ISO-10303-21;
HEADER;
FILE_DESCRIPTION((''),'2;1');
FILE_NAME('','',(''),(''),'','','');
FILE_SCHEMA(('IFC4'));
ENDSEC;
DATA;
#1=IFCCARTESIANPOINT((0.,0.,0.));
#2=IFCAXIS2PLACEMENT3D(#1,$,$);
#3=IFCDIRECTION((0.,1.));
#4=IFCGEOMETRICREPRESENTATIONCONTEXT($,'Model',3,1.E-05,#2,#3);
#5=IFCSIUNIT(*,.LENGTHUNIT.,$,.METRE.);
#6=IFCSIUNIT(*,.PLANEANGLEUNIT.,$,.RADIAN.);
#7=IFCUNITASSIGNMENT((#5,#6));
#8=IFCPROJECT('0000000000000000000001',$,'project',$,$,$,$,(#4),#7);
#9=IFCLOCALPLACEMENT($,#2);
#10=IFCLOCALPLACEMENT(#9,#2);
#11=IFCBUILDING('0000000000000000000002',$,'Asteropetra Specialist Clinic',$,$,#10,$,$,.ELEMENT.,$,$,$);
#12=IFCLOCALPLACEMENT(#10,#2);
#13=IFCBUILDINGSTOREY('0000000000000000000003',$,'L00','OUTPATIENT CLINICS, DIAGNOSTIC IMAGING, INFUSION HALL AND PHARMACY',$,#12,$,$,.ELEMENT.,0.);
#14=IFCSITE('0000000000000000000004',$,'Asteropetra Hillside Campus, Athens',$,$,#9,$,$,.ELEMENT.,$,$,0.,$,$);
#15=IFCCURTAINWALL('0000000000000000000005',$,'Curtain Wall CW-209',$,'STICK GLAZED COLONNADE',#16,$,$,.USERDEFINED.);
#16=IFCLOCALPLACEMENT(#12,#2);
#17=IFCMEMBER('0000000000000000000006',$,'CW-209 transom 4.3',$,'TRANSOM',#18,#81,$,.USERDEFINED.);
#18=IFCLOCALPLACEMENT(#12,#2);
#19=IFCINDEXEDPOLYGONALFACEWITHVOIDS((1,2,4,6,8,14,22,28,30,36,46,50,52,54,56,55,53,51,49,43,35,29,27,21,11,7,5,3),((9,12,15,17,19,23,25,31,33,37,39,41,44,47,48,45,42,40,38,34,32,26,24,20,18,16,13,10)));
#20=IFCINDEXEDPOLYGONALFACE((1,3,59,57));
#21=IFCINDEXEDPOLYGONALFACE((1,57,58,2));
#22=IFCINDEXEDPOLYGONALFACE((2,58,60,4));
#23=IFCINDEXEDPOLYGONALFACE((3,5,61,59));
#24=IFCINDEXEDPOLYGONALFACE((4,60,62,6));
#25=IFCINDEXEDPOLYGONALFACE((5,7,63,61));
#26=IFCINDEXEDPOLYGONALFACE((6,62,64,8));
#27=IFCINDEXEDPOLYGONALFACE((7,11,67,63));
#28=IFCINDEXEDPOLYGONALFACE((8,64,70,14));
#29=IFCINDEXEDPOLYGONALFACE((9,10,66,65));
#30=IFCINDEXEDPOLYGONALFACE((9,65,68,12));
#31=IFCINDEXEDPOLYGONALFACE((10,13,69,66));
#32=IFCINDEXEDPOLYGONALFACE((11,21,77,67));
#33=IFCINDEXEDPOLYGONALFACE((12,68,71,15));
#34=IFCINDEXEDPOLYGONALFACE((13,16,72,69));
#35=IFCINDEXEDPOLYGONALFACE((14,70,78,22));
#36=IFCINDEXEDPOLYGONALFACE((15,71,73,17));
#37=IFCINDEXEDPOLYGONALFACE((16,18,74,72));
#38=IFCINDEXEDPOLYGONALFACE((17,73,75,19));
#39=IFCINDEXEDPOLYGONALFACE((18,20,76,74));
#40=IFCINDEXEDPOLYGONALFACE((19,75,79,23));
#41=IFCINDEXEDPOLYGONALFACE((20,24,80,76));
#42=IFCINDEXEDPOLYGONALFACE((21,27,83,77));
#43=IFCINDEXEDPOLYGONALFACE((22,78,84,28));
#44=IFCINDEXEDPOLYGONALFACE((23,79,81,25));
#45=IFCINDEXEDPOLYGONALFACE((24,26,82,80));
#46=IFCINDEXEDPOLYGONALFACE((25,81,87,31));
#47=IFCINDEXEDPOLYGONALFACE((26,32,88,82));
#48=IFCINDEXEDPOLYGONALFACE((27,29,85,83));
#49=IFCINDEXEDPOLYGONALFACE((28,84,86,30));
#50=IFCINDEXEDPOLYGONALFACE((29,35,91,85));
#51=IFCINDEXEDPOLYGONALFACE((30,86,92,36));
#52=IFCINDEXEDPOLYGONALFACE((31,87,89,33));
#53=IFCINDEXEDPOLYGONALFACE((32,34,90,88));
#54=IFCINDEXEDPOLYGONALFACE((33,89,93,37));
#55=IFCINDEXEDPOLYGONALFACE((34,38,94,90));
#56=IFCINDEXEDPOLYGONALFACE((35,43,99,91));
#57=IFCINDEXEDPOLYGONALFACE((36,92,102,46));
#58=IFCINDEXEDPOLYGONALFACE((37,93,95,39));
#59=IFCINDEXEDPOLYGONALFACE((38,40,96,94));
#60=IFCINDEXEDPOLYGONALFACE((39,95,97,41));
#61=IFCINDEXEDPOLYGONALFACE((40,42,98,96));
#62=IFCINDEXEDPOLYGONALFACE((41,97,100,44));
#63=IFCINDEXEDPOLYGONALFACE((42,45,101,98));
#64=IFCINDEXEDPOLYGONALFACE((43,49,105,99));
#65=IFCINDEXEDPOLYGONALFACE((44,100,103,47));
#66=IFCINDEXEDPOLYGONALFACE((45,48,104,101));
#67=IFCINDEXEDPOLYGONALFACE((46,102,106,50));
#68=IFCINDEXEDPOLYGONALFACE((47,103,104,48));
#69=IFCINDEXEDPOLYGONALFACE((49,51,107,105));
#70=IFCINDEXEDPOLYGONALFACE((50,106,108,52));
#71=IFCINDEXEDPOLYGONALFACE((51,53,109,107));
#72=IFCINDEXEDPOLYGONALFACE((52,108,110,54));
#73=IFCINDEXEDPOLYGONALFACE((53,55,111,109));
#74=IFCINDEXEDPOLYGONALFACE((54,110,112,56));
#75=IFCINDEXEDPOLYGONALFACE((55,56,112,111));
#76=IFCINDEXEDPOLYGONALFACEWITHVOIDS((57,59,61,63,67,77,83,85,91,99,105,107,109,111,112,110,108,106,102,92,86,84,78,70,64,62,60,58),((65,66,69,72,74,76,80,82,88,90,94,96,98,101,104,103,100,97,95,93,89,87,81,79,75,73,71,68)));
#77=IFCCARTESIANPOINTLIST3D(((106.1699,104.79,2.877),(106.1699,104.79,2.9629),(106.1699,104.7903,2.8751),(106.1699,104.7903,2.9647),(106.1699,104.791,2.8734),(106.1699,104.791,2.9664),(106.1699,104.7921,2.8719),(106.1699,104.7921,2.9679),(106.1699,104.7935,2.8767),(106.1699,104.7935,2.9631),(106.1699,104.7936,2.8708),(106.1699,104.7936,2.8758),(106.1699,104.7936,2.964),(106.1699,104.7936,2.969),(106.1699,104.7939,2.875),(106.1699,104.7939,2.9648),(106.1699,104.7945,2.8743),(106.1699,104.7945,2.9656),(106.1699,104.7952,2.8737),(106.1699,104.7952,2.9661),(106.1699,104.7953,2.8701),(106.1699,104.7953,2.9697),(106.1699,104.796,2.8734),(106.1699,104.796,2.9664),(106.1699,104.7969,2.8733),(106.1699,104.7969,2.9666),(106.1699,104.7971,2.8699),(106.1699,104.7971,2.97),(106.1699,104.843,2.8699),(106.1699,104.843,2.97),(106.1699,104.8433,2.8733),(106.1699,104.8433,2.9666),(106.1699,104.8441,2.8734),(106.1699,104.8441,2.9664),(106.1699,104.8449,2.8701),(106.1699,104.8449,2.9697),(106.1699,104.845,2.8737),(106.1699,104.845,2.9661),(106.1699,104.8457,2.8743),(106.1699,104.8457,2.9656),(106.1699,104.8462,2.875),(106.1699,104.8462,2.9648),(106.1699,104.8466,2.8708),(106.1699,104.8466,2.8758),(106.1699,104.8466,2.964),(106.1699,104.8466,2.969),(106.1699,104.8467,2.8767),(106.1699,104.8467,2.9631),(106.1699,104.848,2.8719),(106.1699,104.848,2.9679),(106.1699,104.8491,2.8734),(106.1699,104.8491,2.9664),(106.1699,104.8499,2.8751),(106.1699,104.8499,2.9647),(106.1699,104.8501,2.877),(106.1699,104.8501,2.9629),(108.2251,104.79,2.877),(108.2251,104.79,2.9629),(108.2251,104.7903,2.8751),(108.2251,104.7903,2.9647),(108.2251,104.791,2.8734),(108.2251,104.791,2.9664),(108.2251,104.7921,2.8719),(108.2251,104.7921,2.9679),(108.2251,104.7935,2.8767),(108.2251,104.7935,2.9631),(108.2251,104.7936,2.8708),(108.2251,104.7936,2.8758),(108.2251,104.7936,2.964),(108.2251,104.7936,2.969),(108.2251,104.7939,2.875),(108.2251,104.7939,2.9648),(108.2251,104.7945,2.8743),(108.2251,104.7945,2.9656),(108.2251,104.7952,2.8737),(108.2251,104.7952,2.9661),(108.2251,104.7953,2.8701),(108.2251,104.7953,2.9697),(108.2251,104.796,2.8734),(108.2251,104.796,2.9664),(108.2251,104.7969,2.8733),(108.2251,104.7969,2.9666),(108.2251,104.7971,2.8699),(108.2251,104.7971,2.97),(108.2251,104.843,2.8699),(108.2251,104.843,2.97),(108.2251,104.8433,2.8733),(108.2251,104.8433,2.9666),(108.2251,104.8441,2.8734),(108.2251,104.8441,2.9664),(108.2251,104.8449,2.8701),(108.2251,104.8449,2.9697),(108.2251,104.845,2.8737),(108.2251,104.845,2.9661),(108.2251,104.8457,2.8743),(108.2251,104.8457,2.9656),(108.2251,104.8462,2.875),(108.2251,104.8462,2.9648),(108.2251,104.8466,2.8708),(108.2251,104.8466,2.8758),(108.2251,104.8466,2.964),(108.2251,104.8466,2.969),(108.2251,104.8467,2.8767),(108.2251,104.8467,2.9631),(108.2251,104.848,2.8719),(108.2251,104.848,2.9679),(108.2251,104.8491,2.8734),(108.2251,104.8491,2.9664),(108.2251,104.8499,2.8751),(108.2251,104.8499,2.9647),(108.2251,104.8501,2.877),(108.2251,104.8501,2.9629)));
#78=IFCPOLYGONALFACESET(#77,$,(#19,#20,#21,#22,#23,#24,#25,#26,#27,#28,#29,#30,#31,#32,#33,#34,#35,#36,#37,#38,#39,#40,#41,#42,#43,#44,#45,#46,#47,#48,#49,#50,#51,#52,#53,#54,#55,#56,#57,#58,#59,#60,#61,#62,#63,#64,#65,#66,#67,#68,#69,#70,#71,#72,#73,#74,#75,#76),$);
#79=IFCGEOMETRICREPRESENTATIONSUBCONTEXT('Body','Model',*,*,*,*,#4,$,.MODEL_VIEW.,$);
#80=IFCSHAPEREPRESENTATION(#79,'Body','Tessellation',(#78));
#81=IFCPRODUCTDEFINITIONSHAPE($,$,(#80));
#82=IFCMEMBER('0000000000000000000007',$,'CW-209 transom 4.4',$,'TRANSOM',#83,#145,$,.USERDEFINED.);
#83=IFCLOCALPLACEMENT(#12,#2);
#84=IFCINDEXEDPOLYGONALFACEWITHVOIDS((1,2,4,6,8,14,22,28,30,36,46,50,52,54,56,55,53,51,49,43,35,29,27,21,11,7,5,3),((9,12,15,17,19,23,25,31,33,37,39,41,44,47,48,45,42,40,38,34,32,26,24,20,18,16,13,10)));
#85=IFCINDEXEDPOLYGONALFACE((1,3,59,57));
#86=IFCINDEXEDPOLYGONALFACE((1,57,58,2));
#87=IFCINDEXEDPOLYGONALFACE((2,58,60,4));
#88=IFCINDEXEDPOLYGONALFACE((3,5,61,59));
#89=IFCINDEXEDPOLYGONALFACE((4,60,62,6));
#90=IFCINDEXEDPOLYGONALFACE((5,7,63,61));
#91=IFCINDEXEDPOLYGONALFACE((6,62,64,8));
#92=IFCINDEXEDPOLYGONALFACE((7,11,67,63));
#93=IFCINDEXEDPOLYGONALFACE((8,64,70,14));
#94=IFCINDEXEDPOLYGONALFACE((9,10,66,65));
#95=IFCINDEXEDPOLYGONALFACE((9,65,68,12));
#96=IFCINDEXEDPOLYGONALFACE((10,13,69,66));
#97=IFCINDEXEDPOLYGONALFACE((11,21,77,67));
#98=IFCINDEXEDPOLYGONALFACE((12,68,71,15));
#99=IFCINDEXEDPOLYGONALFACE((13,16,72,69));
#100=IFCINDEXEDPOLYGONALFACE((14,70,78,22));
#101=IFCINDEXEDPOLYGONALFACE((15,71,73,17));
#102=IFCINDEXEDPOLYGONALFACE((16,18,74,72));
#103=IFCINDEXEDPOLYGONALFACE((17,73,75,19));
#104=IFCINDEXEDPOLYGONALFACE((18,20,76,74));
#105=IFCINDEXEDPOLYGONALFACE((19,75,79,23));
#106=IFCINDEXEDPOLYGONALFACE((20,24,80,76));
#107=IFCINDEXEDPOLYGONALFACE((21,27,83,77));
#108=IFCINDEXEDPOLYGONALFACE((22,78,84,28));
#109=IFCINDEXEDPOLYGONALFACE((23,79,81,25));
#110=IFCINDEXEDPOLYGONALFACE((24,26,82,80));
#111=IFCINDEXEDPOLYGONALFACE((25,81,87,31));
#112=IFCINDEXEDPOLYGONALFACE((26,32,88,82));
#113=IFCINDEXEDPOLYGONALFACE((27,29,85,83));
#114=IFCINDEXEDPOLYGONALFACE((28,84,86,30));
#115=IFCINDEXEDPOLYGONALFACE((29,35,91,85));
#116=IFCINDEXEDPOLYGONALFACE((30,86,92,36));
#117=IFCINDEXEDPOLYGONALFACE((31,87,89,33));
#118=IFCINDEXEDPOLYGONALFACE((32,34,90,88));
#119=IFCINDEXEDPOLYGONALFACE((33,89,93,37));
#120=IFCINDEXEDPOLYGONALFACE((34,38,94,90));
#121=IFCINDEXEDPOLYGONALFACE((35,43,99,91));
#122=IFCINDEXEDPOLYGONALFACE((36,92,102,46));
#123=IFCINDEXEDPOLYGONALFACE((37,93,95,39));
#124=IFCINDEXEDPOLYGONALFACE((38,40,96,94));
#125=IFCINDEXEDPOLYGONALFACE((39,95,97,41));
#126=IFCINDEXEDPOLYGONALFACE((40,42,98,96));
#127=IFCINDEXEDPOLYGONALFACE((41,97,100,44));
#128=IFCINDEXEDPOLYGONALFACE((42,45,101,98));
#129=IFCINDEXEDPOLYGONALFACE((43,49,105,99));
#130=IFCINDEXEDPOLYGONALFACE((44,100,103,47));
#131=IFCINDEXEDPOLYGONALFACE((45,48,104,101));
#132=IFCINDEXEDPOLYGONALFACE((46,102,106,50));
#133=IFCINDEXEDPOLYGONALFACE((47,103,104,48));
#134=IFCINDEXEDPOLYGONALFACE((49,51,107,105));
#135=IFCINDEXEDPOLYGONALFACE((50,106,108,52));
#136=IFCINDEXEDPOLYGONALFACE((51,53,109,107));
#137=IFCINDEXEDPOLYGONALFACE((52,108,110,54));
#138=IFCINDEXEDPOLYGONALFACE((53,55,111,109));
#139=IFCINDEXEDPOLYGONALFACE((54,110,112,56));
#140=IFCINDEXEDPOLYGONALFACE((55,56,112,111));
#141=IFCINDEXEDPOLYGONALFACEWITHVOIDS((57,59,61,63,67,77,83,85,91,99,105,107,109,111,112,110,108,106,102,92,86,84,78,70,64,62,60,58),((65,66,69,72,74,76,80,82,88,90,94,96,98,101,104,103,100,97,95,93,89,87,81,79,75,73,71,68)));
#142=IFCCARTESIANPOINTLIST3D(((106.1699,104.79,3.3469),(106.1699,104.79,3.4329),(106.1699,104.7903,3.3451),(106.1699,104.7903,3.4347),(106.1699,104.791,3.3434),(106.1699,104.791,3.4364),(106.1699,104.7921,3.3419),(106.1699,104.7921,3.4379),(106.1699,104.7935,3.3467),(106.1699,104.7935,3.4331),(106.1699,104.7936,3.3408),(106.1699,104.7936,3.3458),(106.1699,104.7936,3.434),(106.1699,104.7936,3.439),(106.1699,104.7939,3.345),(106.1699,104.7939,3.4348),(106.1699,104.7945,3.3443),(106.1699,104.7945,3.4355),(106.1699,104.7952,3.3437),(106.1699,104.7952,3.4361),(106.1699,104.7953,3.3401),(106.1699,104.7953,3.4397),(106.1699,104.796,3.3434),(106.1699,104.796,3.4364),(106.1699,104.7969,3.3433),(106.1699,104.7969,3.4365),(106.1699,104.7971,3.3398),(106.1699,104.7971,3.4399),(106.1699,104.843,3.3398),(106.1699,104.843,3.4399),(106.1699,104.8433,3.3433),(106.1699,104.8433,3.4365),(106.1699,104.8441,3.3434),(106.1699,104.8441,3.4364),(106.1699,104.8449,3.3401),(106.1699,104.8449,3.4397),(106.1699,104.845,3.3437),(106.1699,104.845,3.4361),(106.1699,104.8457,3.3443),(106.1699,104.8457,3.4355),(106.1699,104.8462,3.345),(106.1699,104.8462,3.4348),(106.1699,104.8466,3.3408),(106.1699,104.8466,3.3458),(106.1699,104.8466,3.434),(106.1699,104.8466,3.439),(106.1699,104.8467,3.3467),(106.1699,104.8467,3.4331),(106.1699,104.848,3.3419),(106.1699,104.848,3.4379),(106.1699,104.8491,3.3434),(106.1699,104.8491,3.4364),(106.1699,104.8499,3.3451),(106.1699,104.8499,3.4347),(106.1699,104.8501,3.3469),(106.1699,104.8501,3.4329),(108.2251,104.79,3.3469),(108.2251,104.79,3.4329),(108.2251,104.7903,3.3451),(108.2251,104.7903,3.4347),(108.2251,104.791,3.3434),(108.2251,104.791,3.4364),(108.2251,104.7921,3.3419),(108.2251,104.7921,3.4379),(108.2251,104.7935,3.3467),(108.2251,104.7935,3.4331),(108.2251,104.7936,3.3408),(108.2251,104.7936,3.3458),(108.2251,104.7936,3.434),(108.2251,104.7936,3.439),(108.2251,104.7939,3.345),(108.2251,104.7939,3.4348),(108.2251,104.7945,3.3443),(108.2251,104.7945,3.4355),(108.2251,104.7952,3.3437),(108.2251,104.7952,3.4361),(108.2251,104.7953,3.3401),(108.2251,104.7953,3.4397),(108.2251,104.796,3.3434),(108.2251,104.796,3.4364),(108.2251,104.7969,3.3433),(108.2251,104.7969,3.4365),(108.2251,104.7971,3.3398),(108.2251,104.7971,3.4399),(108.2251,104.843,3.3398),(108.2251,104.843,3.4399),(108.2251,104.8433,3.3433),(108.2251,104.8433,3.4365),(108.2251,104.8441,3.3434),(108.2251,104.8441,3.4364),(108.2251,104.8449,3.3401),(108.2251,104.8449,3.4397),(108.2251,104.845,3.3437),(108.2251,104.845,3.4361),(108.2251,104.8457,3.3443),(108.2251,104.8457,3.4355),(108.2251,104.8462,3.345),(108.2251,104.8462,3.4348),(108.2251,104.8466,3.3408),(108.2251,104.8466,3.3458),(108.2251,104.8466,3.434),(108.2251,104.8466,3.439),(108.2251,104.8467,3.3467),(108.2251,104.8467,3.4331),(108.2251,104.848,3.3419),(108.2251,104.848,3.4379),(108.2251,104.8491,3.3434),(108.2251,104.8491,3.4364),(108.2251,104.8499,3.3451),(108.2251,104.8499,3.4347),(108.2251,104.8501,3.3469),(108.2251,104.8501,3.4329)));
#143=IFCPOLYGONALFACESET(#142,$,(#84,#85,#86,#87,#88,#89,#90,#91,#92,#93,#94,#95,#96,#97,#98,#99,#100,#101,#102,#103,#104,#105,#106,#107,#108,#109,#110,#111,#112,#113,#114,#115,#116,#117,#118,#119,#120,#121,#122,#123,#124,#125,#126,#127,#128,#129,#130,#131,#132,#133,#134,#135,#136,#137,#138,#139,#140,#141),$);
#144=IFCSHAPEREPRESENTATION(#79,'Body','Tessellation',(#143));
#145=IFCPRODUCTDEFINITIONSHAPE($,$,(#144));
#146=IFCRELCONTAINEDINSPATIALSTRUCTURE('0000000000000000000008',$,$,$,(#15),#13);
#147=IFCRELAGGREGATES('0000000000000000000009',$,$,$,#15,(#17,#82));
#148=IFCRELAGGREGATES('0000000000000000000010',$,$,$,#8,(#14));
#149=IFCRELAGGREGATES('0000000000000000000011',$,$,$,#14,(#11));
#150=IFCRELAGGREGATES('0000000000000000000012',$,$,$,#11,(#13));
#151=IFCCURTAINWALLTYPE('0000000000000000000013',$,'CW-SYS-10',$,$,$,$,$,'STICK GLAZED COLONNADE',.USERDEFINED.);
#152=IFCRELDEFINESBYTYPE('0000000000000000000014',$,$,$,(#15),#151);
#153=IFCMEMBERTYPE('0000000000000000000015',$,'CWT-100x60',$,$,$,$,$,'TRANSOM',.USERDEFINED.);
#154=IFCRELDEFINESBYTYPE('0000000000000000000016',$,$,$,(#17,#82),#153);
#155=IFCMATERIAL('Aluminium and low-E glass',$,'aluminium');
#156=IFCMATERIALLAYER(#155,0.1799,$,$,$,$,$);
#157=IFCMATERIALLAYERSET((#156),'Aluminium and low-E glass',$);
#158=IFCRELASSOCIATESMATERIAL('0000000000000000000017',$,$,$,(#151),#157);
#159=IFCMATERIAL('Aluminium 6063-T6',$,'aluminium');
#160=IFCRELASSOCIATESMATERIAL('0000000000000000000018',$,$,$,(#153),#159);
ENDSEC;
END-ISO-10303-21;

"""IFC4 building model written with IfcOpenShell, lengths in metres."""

from ifc_helpers import new_model, si_unit, direction, frame, origin, origin_2d, place, context, subcontext, project, spatial, hollow_rectangle, extrude, material, layer, layer_set, material_profile, profile_set, type_object, element, aggregate, save


model = new_model("IFC4")

# Units and contexts
model_context = context("Model", 3, precision=1e-05, world=origin(), true_north=direction((0.0, 1.0)))
body_context = subcontext(model_context, "Body", "Model", "MODEL_VIEW")
ifc_project = project(units=[si_unit("LENGTHUNIT", "METRE"), si_unit("PLANEANGLEUNIT", "RADIAN")], contexts=[model_context])

# Site, building, storey
site_placement = place(None, origin())
site = spatial("IfcSite", under=ifc_project, at=site_placement, Name="Asteropetra Hillside Campus, Athens", CompositionType="ELEMENT", RefElevation=0.0)
building_placement = place(site_placement, origin())
building = spatial("IfcBuilding", under=site, at=building_placement, Name="Asteropetra Specialist Clinic", CompositionType="ELEMENT")
storey_placement = place(building_placement, origin())
storey = spatial("IfcBuildingStorey", under=building, at=storey_placement, Name="L00", Description="OUTPATIENT CLINICS, DIAGNOSTIC IMAGING, INFUSION HALL AND PHARMACY", CompositionType="ELEMENT", Elevation=0.0)

# Curtain wall
ifc_material_1 = material(Name="Aluminium and low-E glass", Category="aluminium")
ifc_layer_1 = layer(ifc_material_1, 0.1799)
ifc_layer_set_1 = layer_set([ifc_layer_1], Name="Aluminium and low-E glass")
curtain_wall_type_1 = type_object("IfcCurtainWallType", Name="CW-SYS-10", ElementType="STICK GLAZED COLONNADE", PredefinedType="USERDEFINED", material=ifc_layer_set_1)
curtain_wall_1_placement = place(storey_placement, origin())
curtain_wall_1 = element("IfcCurtainWall", 1, at=curtain_wall_1_placement, inside=storey, type_object=curtain_wall_type_1, Name="Curtain Wall CW-209", ObjectType="STICK GLAZED COLONNADE", PredefinedType="USERDEFINED")

# Members
ifc_material_2 = material(Name="Aluminium 6063-T6", Category="aluminium")
ifc_material_profile_1 = material_profile(ifc_material_2, hollow_rectangle(XDim=0.0601, YDim=0.1001, WallThickness=0.0034, InnerFilletRadius=0.0034, OuterFilletRadius=0.0071, at=origin_2d()), Name="TRN 100x60x3.5")
ifc_profile_set_1 = profile_set([ifc_material_profile_1], Name="Aluminium 6063-T6")
member_type_1 = type_object("IfcMemberType", Name="CWT-100x60", ElementType="TRANSOM", PredefinedType="USERDEFINED", material=ifc_profile_set_1)
member_1_placement = place(storey_placement, frame((108.2251, 104.8201, 2.9199), z_axis=(-1.0, 0.0, 0.0), x_axis=(0.0, -1.0, 0.0)))
member_1 = element("IfcMember", 2, at=member_1_placement, type_object=member_type_1, Name="CW-209 transom 4.3", ObjectType="TRANSOM", PredefinedType="USERDEFINED", context=body_context, shape_type="SweptSolid", body=[
    extrude(hollow_rectangle(XDim=0.0601, YDim=0.1001, WallThickness=0.0034, InnerFilletRadius=0.0034, OuterFilletRadius=0.0071, at=origin_2d()), origin(), (0.0, 0.0, 1.0), 2.0552),
])
member_2_placement = place(storey_placement, frame((108.2251, 104.8201, 3.3899), z_axis=(-1.0, 0.0, 0.0), x_axis=(0.0, -1.0, 0.0)))
member_2 = element("IfcMember", 3, at=member_2_placement, type_object=member_type_1, Name="CW-209 transom 4.4", ObjectType="TRANSOM", PredefinedType="USERDEFINED", context=body_context, shape_type="SweptSolid", body=[
    extrude(hollow_rectangle(XDim=0.0601, YDim=0.1001, WallThickness=0.0034, InnerFilletRadius=0.0034, OuterFilletRadius=0.0071, at=origin_2d()), origin(), (0.0, 0.0, 1.0), 2.0552),
])

aggregate(curtain_wall_1, [member_1, member_2])

save(model, "model.ifc")
